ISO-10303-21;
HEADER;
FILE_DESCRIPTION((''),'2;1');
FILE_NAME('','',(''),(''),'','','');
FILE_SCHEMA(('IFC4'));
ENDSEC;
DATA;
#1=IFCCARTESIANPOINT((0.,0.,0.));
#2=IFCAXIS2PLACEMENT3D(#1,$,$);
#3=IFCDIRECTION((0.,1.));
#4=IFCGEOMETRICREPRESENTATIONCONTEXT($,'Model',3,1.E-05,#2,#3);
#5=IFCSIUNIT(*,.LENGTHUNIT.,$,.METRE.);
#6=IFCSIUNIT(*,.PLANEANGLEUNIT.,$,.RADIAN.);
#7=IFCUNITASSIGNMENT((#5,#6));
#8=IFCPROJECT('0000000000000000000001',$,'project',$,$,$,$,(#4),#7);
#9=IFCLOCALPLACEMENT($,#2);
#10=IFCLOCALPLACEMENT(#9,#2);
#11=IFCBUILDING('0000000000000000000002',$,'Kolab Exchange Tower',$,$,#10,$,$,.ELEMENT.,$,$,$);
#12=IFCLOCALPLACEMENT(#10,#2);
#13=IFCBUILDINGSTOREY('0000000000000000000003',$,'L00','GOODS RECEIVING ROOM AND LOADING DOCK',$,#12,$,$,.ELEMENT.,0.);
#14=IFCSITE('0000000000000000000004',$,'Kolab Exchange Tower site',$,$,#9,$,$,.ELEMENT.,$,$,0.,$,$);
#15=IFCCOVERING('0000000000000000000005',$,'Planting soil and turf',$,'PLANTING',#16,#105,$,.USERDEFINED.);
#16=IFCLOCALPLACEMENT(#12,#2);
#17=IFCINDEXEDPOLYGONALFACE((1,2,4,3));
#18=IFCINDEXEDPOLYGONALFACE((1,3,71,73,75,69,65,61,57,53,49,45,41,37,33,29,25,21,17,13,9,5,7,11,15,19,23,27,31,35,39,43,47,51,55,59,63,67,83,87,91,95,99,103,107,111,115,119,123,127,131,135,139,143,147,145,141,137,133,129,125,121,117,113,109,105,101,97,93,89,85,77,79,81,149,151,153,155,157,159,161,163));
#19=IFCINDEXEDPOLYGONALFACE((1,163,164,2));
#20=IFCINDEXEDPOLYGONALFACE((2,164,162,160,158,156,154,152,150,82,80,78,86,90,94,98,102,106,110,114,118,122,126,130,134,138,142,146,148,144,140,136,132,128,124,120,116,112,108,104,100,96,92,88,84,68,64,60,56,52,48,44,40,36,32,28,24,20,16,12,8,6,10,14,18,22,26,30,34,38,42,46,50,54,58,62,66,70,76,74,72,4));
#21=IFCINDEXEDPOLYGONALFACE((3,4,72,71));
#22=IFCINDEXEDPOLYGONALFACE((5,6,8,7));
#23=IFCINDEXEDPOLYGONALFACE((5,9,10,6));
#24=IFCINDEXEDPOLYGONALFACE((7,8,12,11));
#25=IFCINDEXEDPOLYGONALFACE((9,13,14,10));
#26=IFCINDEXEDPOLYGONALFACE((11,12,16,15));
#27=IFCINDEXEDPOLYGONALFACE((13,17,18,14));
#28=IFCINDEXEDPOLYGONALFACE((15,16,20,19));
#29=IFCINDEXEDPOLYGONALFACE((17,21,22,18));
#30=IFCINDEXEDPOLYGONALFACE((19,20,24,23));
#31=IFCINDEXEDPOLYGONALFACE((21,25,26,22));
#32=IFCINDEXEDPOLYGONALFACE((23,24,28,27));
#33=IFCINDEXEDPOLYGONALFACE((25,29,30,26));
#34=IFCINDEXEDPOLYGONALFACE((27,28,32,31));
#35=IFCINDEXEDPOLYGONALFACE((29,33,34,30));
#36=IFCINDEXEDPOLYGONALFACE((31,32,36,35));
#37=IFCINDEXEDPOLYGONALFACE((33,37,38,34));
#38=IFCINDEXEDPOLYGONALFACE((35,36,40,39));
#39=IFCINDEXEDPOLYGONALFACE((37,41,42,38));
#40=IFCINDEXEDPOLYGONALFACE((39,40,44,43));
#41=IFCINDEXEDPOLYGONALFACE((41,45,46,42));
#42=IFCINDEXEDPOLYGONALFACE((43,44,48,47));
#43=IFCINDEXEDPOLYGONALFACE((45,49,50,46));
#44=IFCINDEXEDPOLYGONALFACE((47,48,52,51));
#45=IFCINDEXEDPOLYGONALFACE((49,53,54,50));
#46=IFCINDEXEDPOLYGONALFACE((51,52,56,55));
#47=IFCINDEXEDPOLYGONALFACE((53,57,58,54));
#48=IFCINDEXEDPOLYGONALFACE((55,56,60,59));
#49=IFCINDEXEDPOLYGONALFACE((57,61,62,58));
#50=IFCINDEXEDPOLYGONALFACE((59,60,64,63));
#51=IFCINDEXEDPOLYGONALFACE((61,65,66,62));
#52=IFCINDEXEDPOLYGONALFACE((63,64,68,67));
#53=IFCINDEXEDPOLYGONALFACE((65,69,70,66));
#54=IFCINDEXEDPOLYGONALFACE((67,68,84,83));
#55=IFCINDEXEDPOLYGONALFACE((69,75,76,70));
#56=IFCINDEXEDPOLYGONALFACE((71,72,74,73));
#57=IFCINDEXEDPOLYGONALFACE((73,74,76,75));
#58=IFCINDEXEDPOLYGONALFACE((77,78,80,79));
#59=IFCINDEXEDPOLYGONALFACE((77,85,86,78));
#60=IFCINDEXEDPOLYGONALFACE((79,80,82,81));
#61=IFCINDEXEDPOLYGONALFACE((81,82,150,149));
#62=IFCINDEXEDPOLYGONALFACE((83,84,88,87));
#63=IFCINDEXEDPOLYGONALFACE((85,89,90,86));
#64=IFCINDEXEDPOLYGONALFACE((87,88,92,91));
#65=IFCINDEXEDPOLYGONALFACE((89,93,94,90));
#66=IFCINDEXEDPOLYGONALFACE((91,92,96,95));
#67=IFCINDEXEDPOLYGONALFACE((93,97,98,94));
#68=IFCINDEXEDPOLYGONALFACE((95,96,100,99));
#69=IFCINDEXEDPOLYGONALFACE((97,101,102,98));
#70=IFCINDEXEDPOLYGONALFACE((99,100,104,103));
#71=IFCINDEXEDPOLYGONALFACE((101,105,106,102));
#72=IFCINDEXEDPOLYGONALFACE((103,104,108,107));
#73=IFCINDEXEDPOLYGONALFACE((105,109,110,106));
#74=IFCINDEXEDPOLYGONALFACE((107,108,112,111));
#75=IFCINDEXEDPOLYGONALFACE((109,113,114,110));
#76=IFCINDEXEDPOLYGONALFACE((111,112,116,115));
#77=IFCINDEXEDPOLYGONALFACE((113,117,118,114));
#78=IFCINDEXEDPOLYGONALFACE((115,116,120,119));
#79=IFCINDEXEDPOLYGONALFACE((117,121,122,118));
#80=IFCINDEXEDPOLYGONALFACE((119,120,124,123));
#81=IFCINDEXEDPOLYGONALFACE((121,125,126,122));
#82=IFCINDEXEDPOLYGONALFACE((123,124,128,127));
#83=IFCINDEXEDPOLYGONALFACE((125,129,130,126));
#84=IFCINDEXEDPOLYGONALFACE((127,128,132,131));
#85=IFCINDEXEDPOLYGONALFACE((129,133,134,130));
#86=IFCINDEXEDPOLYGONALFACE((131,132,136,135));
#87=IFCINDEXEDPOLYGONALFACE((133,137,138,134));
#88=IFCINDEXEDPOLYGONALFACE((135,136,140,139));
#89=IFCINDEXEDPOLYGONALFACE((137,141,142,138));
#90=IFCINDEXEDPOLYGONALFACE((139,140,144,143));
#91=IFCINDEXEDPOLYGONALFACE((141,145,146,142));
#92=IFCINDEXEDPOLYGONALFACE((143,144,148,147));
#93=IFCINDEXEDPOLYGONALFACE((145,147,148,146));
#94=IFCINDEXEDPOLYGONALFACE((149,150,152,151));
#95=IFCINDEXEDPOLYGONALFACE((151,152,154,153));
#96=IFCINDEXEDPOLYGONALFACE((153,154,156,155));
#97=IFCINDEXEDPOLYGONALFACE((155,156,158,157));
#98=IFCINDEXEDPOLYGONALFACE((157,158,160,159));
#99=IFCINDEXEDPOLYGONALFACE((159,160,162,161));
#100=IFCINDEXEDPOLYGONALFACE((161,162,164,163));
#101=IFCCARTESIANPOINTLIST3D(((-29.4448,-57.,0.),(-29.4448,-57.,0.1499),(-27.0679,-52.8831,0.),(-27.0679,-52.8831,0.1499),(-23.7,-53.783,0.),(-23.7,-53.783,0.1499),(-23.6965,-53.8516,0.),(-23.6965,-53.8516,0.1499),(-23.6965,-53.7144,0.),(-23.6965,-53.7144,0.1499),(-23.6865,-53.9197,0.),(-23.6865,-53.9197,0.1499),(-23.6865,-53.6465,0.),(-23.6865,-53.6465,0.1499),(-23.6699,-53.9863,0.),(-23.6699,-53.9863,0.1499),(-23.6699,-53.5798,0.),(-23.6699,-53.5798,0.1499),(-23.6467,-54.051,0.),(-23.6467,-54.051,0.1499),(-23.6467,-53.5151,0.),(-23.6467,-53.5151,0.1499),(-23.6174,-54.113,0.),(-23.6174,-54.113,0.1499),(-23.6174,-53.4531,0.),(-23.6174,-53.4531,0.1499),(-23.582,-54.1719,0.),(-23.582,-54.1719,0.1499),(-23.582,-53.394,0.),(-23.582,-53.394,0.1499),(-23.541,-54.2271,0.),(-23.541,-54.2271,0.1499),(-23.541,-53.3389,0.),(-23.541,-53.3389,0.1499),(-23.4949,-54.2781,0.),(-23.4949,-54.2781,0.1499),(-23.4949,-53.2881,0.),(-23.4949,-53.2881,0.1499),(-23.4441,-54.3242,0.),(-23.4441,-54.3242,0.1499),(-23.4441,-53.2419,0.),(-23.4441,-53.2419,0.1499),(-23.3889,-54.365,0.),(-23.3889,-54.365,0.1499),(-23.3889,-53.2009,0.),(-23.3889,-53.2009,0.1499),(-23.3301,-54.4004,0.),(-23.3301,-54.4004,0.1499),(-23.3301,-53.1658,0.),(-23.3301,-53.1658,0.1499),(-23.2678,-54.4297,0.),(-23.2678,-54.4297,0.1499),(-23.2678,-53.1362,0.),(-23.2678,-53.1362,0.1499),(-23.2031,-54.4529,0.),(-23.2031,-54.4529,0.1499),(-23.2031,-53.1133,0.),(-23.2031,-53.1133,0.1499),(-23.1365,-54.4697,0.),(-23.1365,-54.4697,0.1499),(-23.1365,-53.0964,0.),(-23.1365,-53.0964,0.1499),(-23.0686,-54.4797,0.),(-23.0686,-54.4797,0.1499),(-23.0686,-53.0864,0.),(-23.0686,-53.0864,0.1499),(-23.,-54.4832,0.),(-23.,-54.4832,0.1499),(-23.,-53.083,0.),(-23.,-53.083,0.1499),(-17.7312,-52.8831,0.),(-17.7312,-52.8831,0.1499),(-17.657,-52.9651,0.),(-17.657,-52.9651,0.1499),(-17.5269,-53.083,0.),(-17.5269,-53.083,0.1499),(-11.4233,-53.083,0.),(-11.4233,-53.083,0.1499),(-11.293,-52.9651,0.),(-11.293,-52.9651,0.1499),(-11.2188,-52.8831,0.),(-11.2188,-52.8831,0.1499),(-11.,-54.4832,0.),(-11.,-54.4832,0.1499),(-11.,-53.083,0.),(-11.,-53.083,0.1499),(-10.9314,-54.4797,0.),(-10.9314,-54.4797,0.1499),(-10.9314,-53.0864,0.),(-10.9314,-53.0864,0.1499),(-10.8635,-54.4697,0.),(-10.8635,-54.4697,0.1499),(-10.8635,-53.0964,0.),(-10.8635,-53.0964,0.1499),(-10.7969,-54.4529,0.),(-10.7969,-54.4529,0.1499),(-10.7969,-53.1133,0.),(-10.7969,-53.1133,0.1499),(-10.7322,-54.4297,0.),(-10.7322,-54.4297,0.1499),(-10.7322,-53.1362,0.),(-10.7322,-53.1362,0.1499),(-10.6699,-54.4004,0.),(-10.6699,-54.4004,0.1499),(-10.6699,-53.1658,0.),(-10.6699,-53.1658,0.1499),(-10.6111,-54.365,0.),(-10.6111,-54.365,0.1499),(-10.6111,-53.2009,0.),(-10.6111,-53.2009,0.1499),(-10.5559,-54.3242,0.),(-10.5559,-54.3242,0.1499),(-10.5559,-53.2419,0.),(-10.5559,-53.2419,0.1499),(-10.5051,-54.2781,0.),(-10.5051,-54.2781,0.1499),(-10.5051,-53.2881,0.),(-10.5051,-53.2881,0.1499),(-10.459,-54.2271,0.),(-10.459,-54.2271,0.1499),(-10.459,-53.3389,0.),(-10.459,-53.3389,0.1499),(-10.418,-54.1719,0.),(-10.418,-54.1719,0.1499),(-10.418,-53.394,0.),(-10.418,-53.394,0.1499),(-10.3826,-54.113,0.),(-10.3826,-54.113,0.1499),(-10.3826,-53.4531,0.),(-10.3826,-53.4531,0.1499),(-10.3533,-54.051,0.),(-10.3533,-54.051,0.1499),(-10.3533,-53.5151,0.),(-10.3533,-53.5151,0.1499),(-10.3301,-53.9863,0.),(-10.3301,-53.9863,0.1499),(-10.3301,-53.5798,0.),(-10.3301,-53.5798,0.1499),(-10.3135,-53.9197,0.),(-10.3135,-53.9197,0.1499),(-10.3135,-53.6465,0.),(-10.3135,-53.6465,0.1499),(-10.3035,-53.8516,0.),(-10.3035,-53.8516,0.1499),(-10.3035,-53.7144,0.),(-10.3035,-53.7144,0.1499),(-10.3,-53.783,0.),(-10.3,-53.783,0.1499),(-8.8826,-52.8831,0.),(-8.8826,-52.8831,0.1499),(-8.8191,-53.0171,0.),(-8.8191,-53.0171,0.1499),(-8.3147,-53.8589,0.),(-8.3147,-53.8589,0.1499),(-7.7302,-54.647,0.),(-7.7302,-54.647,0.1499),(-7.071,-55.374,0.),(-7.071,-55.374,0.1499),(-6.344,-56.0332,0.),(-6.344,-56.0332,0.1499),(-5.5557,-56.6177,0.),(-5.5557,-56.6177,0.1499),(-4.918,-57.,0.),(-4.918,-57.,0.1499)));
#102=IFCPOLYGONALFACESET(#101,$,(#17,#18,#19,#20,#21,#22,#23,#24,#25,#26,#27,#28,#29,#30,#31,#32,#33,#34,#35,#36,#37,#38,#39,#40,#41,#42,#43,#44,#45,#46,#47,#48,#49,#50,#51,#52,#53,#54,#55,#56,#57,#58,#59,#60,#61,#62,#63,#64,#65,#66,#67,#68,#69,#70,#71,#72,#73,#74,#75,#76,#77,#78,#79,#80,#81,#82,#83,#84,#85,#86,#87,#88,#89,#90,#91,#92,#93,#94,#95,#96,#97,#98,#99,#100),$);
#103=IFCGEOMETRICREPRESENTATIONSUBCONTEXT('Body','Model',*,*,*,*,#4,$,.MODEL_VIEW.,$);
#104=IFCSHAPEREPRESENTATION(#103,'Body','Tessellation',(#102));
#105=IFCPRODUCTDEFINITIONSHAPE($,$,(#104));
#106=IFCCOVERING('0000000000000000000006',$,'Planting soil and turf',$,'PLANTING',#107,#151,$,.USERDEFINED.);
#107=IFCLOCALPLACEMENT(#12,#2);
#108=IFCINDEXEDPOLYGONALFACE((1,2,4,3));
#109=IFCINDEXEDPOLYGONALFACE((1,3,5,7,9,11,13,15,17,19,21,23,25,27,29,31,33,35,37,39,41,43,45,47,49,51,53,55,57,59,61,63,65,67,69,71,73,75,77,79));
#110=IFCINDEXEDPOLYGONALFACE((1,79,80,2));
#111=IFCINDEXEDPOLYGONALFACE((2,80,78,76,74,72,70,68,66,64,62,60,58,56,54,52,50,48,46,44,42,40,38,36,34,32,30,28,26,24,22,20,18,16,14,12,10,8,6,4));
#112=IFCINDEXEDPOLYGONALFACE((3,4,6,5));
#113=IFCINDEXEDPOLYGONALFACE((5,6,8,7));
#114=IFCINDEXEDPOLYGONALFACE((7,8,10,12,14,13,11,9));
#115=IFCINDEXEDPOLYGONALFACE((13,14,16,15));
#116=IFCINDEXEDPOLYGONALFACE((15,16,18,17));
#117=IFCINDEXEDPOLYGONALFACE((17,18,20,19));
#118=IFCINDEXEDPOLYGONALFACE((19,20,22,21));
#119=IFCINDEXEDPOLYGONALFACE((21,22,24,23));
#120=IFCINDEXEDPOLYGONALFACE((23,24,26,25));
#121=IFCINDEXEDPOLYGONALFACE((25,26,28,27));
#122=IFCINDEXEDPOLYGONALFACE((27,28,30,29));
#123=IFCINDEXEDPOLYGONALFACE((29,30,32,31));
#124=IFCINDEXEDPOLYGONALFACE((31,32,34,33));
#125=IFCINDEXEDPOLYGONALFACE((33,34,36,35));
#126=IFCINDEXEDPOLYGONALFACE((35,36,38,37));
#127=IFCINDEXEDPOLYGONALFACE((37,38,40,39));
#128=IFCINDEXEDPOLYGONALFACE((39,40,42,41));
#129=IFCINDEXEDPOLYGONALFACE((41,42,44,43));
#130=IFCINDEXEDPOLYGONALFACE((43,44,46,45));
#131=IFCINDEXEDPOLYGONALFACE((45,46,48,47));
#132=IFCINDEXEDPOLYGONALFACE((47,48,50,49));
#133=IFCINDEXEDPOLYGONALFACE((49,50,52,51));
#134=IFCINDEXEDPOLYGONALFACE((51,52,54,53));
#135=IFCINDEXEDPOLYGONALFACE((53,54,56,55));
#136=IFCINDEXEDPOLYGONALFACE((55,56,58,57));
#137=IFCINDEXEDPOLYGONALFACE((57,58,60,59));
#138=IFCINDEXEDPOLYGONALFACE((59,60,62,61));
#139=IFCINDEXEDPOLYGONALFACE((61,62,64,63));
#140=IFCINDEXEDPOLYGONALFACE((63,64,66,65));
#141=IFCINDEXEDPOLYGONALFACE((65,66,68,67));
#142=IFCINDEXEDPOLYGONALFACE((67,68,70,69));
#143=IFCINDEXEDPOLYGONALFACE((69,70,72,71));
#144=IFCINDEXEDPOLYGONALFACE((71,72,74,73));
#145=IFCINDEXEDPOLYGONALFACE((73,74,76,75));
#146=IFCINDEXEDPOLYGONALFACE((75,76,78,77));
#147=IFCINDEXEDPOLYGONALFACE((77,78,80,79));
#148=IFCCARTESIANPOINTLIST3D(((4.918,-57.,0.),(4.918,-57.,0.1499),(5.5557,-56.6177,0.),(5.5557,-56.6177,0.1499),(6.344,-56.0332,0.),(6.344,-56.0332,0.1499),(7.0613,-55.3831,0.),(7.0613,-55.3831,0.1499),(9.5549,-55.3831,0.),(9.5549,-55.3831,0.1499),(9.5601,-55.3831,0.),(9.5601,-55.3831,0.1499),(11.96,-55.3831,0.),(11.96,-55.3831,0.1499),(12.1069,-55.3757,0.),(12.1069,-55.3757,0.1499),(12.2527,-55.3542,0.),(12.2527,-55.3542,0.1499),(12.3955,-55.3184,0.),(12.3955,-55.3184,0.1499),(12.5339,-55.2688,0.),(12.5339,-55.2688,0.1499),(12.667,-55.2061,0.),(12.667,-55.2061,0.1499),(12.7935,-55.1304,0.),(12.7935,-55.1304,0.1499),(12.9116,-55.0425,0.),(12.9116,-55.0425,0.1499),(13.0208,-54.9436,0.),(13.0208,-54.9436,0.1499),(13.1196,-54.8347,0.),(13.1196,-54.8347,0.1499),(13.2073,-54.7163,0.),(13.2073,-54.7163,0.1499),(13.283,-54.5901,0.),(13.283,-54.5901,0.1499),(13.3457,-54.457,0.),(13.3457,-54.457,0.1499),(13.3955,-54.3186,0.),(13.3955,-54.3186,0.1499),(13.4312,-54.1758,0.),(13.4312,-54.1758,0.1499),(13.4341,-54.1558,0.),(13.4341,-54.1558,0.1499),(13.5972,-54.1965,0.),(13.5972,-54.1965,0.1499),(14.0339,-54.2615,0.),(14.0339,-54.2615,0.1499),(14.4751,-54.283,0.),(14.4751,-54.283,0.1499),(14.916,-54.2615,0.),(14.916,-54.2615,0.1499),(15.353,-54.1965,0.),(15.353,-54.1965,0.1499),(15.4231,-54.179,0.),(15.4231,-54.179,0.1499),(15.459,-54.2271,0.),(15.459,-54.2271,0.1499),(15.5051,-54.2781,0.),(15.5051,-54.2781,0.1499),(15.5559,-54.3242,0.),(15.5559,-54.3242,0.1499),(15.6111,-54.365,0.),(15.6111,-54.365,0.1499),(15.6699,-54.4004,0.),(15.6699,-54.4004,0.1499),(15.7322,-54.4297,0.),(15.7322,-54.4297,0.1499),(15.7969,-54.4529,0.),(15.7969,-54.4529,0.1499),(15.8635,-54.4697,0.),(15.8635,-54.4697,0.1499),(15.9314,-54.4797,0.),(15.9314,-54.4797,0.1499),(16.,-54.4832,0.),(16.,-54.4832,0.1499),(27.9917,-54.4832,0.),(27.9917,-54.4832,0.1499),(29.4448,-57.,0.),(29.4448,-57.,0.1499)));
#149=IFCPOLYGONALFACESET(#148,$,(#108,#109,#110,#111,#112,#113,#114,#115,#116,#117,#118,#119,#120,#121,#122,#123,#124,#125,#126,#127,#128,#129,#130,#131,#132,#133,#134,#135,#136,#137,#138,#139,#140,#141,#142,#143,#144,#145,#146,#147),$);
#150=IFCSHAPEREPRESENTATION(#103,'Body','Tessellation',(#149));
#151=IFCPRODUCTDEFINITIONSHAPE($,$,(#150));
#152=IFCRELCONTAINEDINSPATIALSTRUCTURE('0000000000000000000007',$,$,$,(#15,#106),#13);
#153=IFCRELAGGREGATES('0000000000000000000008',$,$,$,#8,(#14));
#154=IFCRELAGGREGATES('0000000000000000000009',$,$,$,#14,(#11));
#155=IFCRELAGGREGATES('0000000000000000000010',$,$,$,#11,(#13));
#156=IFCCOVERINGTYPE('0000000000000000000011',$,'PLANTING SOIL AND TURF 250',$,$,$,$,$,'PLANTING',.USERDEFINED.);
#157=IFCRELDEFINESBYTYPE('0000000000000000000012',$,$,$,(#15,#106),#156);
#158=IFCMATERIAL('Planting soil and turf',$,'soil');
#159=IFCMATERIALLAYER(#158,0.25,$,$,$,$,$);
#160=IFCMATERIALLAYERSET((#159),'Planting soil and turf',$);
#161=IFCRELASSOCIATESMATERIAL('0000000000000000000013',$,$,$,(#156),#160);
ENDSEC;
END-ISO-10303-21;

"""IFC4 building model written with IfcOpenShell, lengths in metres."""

from ifc_helpers import new_model, si_unit, direction, origin, place, context, subcontext, project, spatial, polyline, outline, extrude, material, layer, layer_set, type_object, element, save


model = new_model("IFC4")

# Units and contexts
model_context = context("Model", 3, precision=1e-05, world=origin(), true_north=direction((0.0, 1.0)))
body_context = subcontext(model_context, "Body", "Model", "MODEL_VIEW")
ifc_project = project(units=[si_unit("LENGTHUNIT", "METRE"), si_unit("PLANEANGLEUNIT", "RADIAN")], contexts=[model_context])

# Site, building, storey
site_placement = place(None, origin())
site = spatial("IfcSite", under=ifc_project, at=site_placement, Name="Kolab Exchange Tower site", CompositionType="ELEMENT", RefElevation=0.0)
building_placement = place(site_placement, origin())
building = spatial("IfcBuilding", under=site, at=building_placement, Name="Kolab Exchange Tower", CompositionType="ELEMENT")
storey_placement = place(building_placement, origin())
storey = spatial("IfcBuildingStorey", under=building, at=storey_placement, Name="L00", Description="GOODS RECEIVING ROOM AND LOADING DOCK", CompositionType="ELEMENT", Elevation=0.0)

# Coverings
ifc_material_1 = material(Name="Planting soil and turf", Category="soil")
ifc_layer_1 = layer(ifc_material_1, 0.25)
ifc_layer_set_1 = layer_set([ifc_layer_1], Name="Planting soil and turf")
covering_type_1 = type_object("IfcCoveringType", Name="PLANTING SOIL AND TURF 250", ElementType="PLANTING", PredefinedType="USERDEFINED", material=ifc_layer_set_1)
covering_1_placement = place(storey_placement, origin())
element("IfcCovering", 1, at=covering_1_placement, inside=storey, type_object=covering_type_1, Name="Planting soil and turf", ObjectType="PLANTING", PredefinedType="USERDEFINED", context=body_context, shape_type="SweptSolid", body=[
    extrude(outline(polyline([(-17.7312, -52.8831), (-17.657, -52.9651), (-17.5269, -53.083), (-23.0, -53.083), (-23.0686, -53.0864), (-23.1365, -53.0964), (-23.2031, -53.1133), (-23.2678, -53.1362), (-23.3301, -53.1658), (-23.3889, -53.2009), (-23.4441, -53.2419), (-23.4949, -53.2881), (-23.541, -53.3389), (-23.582, -53.394), (-23.6174, -53.4531), (-23.6467, -53.5151), (-23.6699, -53.5798), (-23.6865, -53.6465), (-23.6965, -53.7144), (-23.7, -53.783), (-23.6965, -53.8516), (-23.6865, -53.9197), (-23.6699, -53.9863), (-23.6467, -54.051), (-23.6174, -54.113), (-23.582, -54.1719), (-23.541, -54.2271), (-23.4949, -54.2781), (-23.4441, -54.3242), (-23.3889, -54.365), (-23.3301, -54.4004), (-23.2678, -54.4297), (-23.2031, -54.4529), (-23.1365, -54.4697), (-23.0686, -54.4797), (-23.0, -54.4832), (-11.0, -54.4832), (-10.9314, -54.4797), (-10.8635, -54.4697), (-10.7969, -54.4529), (-10.7322, -54.4297), (-10.6699, -54.4004), (-10.6111, -54.365), (-10.5559, -54.3242), (-10.5051, -54.2781), (-10.459, -54.2271), (-10.418, -54.1719), (-10.3826, -54.113), (-10.3533, -54.051), (-10.3301, -53.9863), (-10.3135, -53.9197), (-10.3035, -53.8516), (-10.3, -53.783), (-10.3035, -53.7144), (-10.3135, -53.6465), (-10.3301, -53.5798), (-10.3533, -53.5151), (-10.3826, -53.4531), (-10.418, -53.394), (-10.459, -53.3389), (-10.5051, -53.2881), (-10.5559, -53.2419), (-10.6111, -53.2009), (-10.6699, -53.1658), (-10.7322, -53.1362), (-10.7969, -53.1133), (-10.8635, -53.0964), (-10.9314, -53.0864), (-11.0, -53.083), (-11.4233, -53.083), (-11.293, -52.9651), (-11.2188, -52.8831), (-8.8826, -52.8831), (-8.8191, -53.0171), (-8.3147, -53.8589), (-7.7302, -54.647), (-7.071, -55.374), (-6.344, -56.0332), (-5.5557, -56.6177), (-4.918, -57.0), (-29.4448, -57.0), (-27.0679, -52.8831), (-17.7312, -52.8831)])), origin(), (0.0, 0.0, 1.0), 0.1499),
])
covering_2_placement = place(storey_placement, origin())
element("IfcCovering", 2, at=covering_2_placement, inside=storey, type_object=covering_type_1, Name="Planting soil and turf", ObjectType="PLANTING", PredefinedType="USERDEFINED", context=body_context, shape_type="SweptSolid", body=[
    extrude(outline(polyline([(29.4448, -57.0), (4.918, -57.0), (5.5557, -56.6177), (6.344, -56.0332), (7.0613, -55.3831), (9.5549, -55.3831), (9.5601, -55.3831), (11.96, -55.3831), (12.1069, -55.3757), (12.2527, -55.3542), (12.3955, -55.3184), (12.5339, -55.2688), (12.667, -55.2061), (12.7935, -55.1304), (12.9116, -55.0425), (13.0208, -54.9436), (13.1196, -54.8347), (13.2073, -54.7163), (13.283, -54.5901), (13.3457, -54.457), (13.3955, -54.3186), (13.4312, -54.1758), (13.4341, -54.1558), (13.5972, -54.1965), (14.0339, -54.2615), (14.4751, -54.283), (14.916, -54.2615), (15.353, -54.1965), (15.4231, -54.179), (15.459, -54.2271), (15.5051, -54.2781), (15.5559, -54.3242), (15.6111, -54.365), (15.6699, -54.4004), (15.7322, -54.4297), (15.7969, -54.4529), (15.8635, -54.4697), (15.9314, -54.4797), (16.0, -54.4832), (27.9917, -54.4832), (29.4448, -57.0)])), origin(), (0.0, 0.0, 1.0), 0.1499),
])

save(model, "model.ifc")
